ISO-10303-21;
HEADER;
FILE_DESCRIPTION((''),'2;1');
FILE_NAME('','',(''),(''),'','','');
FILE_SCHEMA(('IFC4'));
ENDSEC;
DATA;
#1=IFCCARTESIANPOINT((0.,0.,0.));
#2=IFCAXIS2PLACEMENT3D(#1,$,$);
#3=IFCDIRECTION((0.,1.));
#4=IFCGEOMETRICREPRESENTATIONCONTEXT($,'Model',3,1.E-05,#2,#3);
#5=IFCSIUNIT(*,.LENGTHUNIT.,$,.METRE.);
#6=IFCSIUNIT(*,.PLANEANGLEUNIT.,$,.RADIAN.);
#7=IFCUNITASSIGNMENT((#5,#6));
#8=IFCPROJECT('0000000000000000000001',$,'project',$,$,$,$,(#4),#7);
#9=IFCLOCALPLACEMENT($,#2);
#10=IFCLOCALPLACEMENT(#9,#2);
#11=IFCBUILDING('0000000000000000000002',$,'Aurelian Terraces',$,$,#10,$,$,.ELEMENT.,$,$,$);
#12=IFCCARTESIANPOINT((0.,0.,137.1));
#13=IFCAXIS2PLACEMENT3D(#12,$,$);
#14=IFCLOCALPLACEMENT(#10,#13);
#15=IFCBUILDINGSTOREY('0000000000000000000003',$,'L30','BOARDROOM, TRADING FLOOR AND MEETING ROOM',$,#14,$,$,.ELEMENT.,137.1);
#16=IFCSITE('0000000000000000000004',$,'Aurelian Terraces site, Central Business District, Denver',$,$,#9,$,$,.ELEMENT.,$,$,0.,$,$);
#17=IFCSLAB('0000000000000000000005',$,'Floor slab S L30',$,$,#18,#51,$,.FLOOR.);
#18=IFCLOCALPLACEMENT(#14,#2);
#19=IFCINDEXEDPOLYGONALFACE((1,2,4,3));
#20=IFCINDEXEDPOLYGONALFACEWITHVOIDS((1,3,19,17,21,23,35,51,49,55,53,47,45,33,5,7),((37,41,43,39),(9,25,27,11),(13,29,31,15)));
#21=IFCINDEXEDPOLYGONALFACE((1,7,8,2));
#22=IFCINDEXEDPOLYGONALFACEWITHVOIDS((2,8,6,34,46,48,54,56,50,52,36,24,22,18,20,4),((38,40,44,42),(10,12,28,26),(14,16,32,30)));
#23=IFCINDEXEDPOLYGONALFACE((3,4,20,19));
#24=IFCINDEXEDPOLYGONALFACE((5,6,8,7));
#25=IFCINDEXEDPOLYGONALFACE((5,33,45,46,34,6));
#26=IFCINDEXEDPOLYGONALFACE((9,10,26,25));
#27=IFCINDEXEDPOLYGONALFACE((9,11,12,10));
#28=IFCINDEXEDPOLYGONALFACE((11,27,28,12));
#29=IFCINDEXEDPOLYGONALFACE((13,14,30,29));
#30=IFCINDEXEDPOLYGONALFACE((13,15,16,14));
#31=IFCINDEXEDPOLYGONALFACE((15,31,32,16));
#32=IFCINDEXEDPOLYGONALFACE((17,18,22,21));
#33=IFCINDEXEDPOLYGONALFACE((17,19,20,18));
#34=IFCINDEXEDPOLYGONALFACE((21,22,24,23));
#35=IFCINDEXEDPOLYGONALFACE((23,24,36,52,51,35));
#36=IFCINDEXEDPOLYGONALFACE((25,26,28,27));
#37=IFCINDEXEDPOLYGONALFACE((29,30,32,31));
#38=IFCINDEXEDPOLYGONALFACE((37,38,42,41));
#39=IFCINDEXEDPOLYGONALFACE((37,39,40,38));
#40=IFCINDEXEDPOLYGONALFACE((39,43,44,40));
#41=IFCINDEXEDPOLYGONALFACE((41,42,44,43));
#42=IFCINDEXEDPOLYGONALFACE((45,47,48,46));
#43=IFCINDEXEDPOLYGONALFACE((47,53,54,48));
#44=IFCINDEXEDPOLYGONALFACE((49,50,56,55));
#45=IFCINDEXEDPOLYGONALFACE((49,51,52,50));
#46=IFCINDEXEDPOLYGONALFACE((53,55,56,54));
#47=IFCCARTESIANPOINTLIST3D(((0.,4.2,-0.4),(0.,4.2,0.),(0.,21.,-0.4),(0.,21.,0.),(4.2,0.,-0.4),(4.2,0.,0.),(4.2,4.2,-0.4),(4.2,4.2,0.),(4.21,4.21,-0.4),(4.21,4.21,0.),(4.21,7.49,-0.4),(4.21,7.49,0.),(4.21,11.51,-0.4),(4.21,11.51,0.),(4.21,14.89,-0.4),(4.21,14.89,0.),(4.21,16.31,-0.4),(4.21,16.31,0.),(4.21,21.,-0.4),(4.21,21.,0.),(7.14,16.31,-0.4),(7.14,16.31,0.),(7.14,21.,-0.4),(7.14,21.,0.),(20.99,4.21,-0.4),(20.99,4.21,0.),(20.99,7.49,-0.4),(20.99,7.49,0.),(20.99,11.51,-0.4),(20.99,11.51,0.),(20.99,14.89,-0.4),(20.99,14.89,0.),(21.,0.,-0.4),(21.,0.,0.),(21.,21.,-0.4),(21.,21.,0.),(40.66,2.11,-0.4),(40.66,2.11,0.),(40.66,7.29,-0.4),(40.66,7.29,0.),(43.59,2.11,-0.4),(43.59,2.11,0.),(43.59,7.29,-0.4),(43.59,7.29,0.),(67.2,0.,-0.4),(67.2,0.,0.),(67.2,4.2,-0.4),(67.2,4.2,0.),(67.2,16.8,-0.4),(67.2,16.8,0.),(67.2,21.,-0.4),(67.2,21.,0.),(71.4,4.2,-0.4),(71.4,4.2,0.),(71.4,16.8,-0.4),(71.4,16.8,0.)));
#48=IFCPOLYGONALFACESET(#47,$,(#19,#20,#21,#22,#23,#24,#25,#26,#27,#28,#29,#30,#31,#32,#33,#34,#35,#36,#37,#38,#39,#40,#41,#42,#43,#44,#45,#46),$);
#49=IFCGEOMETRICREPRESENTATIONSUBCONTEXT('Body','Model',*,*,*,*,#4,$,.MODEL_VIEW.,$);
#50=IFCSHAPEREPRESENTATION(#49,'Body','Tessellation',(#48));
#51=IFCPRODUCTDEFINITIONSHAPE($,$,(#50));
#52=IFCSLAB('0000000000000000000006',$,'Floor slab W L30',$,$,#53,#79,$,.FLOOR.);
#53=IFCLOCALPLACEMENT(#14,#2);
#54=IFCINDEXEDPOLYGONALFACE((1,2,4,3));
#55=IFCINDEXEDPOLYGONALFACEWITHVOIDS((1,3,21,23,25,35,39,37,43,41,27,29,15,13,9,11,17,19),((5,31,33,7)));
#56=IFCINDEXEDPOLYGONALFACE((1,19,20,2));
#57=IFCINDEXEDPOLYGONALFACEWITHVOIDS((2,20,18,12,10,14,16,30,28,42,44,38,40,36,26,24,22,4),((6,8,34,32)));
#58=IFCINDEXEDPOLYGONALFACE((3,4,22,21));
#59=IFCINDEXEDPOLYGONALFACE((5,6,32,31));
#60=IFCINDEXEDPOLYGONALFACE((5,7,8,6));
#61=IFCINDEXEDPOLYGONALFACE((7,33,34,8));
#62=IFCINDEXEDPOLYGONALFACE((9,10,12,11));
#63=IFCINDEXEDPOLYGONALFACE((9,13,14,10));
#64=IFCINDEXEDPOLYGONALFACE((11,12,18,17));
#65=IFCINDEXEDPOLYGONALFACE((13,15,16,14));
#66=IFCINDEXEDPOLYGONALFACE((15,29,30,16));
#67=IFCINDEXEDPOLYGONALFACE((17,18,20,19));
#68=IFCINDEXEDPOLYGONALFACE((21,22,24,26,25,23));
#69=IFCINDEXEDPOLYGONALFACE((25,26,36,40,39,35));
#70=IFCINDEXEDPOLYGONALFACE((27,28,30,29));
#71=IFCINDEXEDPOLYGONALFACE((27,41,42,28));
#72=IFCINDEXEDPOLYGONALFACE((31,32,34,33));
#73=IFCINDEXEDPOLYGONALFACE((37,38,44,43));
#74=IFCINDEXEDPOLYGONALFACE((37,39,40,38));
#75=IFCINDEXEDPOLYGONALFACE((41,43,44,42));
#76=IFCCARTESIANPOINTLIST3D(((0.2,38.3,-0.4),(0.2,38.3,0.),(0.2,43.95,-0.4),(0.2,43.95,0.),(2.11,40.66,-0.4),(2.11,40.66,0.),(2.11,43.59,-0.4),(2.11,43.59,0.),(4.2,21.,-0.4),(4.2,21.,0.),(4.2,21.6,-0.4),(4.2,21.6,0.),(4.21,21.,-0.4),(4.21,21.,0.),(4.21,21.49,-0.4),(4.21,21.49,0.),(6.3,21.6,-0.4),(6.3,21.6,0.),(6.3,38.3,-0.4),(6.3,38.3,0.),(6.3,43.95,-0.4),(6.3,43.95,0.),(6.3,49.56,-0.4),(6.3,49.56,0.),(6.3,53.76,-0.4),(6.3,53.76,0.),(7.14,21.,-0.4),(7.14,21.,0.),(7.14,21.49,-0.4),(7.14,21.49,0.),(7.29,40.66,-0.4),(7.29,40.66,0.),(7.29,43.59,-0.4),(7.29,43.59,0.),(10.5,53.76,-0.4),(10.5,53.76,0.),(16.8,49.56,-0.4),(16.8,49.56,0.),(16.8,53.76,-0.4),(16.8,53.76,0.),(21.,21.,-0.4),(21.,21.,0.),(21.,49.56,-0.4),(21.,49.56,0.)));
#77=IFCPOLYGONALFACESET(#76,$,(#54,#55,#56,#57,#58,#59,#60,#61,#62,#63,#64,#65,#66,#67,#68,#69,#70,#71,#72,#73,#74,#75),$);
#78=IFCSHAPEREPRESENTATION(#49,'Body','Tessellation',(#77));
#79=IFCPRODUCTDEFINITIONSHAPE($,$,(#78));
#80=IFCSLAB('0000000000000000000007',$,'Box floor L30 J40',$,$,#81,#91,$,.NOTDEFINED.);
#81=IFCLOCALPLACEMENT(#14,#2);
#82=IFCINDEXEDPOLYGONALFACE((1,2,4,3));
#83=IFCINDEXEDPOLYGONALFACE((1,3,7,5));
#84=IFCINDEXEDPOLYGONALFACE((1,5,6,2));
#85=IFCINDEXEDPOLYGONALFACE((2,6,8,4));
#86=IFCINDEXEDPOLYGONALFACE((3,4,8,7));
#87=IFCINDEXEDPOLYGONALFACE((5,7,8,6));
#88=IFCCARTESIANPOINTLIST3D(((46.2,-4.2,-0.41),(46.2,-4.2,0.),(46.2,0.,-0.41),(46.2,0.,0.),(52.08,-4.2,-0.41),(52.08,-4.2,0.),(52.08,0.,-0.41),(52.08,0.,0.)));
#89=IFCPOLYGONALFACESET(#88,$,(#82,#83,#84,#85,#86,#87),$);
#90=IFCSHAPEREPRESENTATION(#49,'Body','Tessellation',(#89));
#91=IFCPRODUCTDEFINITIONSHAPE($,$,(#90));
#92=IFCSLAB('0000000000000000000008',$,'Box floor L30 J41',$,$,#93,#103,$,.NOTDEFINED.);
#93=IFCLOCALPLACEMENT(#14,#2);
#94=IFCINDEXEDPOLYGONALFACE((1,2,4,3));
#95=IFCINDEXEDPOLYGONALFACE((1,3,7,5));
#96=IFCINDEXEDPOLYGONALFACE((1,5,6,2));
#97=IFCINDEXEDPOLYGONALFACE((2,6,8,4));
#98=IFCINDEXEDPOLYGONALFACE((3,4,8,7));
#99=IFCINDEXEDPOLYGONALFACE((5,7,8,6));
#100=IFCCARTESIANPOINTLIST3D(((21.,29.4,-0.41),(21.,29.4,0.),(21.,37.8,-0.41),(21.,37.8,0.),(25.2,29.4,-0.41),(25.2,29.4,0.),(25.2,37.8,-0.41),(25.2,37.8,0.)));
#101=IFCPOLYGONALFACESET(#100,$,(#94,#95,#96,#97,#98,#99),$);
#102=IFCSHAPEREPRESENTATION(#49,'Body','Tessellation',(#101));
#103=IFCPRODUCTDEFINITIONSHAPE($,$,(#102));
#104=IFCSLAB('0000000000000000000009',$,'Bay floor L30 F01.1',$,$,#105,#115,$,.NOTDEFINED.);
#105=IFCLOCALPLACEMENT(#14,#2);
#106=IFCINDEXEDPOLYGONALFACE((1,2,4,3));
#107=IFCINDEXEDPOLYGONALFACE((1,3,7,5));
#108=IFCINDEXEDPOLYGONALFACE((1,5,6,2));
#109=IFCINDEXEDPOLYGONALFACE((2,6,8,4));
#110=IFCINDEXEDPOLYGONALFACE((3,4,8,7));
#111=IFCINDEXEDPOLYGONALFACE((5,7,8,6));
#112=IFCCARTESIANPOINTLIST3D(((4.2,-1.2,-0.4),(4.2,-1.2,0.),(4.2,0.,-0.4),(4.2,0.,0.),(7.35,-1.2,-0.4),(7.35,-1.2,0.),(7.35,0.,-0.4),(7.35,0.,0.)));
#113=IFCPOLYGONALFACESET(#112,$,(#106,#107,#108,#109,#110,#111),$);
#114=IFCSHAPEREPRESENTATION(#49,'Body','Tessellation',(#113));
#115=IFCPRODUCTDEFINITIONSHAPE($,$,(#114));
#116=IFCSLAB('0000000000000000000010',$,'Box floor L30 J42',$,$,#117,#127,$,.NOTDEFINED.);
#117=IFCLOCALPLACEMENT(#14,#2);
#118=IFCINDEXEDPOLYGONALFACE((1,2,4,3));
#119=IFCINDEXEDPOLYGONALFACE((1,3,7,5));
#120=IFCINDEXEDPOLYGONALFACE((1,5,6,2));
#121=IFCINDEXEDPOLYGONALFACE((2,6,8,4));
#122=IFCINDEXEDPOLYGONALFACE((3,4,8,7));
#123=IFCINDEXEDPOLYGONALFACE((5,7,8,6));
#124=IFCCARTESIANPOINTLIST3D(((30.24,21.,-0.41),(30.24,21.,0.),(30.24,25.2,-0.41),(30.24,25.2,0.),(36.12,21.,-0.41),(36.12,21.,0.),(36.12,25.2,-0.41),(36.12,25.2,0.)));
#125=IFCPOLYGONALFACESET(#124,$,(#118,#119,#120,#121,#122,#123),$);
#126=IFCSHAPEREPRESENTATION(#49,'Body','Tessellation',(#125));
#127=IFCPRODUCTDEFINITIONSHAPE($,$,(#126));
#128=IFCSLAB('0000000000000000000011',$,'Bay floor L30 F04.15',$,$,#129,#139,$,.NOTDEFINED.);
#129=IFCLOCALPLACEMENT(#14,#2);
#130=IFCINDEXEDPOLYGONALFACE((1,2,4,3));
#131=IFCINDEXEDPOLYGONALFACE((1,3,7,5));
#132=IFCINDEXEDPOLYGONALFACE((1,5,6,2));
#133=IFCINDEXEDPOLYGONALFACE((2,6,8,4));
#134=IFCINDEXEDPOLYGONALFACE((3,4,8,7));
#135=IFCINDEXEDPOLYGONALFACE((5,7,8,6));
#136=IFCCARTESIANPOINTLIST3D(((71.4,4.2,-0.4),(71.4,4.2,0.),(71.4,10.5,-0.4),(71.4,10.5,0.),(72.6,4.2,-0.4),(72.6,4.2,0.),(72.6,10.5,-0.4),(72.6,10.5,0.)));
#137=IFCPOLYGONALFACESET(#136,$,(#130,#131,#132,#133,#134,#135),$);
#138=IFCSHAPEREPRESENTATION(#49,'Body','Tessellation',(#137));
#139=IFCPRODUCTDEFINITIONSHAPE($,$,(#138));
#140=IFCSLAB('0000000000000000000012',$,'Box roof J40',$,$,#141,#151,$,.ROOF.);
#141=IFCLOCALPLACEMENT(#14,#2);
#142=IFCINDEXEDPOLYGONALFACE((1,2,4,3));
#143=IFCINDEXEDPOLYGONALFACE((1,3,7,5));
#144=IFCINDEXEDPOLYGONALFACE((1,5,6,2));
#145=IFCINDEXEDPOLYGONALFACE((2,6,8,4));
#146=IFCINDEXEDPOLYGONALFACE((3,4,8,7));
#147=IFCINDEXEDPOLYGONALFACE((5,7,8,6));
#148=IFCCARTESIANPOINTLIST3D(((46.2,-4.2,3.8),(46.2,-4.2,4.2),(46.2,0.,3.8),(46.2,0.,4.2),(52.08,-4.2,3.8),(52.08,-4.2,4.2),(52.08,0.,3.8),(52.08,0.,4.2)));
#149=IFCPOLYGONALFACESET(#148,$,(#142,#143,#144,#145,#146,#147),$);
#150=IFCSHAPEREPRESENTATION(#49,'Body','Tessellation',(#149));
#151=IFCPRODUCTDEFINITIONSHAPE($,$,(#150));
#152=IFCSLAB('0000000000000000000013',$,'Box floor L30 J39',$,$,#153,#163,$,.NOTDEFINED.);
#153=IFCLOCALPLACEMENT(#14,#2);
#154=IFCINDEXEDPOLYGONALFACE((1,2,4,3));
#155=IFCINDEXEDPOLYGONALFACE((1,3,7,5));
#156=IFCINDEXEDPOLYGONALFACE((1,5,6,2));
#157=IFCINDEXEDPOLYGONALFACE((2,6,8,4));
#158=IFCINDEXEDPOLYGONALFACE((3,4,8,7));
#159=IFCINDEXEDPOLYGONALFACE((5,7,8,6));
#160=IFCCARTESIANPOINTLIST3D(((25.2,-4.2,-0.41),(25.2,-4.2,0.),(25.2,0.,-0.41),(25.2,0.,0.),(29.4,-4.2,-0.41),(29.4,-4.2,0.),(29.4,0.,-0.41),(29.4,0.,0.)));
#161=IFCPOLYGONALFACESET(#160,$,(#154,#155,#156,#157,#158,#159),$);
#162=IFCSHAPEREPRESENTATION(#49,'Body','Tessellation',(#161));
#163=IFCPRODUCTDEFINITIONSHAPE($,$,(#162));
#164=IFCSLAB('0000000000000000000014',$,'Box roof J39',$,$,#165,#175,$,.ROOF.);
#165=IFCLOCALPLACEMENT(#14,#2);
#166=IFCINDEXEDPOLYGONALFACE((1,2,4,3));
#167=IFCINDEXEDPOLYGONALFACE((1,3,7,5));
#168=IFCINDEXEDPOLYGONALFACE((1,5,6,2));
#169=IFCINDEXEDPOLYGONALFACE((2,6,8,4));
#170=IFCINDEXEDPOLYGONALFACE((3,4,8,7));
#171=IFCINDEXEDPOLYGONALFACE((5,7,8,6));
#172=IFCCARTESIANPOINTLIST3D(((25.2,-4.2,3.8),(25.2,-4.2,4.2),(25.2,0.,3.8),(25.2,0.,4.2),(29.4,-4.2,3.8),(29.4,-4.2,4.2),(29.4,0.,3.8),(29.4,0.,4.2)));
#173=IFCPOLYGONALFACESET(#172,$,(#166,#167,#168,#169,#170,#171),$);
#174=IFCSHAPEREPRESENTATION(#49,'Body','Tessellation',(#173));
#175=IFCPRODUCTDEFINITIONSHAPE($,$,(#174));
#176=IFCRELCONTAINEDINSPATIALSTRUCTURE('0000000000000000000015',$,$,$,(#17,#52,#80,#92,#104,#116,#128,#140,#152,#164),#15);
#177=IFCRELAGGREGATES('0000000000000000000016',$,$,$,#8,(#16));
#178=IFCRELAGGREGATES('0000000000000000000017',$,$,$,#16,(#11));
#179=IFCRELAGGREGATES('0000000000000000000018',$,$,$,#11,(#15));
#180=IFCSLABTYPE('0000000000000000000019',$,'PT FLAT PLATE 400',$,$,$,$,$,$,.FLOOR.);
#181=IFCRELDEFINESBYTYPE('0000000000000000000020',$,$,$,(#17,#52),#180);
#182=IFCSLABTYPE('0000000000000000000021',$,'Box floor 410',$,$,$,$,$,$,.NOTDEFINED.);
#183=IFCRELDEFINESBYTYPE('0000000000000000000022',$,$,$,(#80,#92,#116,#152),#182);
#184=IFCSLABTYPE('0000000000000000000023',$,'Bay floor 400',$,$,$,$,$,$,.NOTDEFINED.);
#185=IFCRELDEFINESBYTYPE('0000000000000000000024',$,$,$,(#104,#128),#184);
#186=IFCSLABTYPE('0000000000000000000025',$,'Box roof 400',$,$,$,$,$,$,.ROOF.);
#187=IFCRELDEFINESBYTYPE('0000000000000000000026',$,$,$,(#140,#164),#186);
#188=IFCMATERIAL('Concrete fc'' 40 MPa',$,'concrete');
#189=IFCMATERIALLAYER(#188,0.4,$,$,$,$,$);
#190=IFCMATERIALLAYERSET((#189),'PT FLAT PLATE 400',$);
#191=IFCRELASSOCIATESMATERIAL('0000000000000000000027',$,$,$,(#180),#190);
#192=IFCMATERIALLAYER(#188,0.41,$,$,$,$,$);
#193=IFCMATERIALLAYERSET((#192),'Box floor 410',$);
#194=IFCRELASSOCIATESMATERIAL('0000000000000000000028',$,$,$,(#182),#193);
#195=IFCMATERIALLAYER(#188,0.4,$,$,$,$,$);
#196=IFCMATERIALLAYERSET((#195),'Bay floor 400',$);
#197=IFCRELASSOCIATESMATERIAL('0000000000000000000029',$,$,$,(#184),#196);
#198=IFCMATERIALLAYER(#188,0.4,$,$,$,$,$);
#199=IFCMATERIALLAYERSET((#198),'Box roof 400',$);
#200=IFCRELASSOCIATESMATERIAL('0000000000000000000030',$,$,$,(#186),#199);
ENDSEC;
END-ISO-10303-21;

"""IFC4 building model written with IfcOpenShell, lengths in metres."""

from ifc_helpers import new_model, si_unit, direction, frame, origin, place, context, subcontext, project, spatial, polyline, outline, extrude, source, transform, mapped, material, layer, layer_set, type_object, element, save


model = new_model("IFC4")

# Units and contexts
model_context = context("Model", 3, precision=1e-05, world=origin(), true_north=direction((0.0, 1.0)))
body_context = subcontext(model_context, "Body", "Model", "MODEL_VIEW")
ifc_project = project(units=[si_unit("LENGTHUNIT", "METRE"), si_unit("PLANEANGLEUNIT", "RADIAN")], contexts=[model_context])

# Site, building, storey
site_placement = place(None, origin())
site = spatial("IfcSite", under=ifc_project, at=site_placement, Name="Aurelian Terraces site, Central Business District, Denver", CompositionType="ELEMENT", RefElevation=0.0)
building_placement = place(site_placement, origin())
building = spatial("IfcBuilding", under=site, at=building_placement, Name="Aurelian Terraces", CompositionType="ELEMENT")
storey_placement = place(building_placement, frame((0.0, 0.0, 137.1)))
storey = spatial("IfcBuildingStorey", under=building, at=storey_placement, Name="L30", Description="BOARDROOM, TRADING FLOOR AND MEETING ROOM", CompositionType="ELEMENT", Elevation=137.1)

# Slabs
ifc_material_1 = material(Name="Concrete fc' 40 MPa", Category="concrete")
ifc_layer_1 = layer(ifc_material_1, 0.4)
ifc_layer_set_1 = layer_set([ifc_layer_1], Name="PT FLAT PLATE 400")
slab_type_1 = type_object("IfcSlabType", Name="PT FLAT PLATE 400", PredefinedType="FLOOR", material=ifc_layer_set_1)
shared_shape_1 = source(origin(), body_context, "Body", "SweptSolid", [
    extrude(outline(polyline([(67.2, 16.8), (71.4, 16.8), (71.4, 4.2), (67.2, 4.2), (67.2, 0.0), (21.0, 0.0), (4.2, 0.0), (4.2, 4.2), (0.0, 4.2), (0.0, 21.0), (4.21, 21.0), (4.21, 16.31), (7.14, 16.31), (7.14, 21.0), (21.0, 21.0), (67.2, 21.0), (67.2, 16.8)]), holes=[polyline([(40.66, 2.11), (43.59, 2.11), (43.59, 7.29), (40.66, 7.29), (40.66, 2.11)]), polyline([(4.21, 7.49), (4.21, 4.21), (20.99, 4.21), (20.99, 7.49), (4.21, 7.49)]), polyline([(4.21, 14.89), (4.21, 11.51), (20.99, 11.51), (20.99, 14.89), (4.21, 14.89)])]), origin(), (0.0, 0.0, 1.0), 0.4),
])
slab_1_placement = place(storey_placement, frame((0.0, 0.0, -0.4)))
element("IfcSlab", 1, at=slab_1_placement, inside=storey, type_object=slab_type_1, Name="Floor slab S L30", PredefinedType="FLOOR", context=body_context, shape_type="MappedRepresentation", body=[
    mapped(shared_shape_1, transform((0.0, 0.0, 0.0), scale=1.0)),
])
shared_shape_2 = source(origin(), body_context, "Body", "SweptSolid", [
    extrude(outline(polyline([(0.2, 43.95), (6.3, 43.95), (6.3, 49.56), (6.3, 53.76), (10.5, 53.76), (16.8, 53.76), (16.8, 49.56), (21.0, 49.56), (21.0, 21.0), (7.14, 21.0), (7.14, 21.49), (4.21, 21.49), (4.21, 21.0), (4.2, 21.0), (4.2, 21.6), (6.3, 21.6), (6.3, 38.3), (0.2, 38.3), (0.2, 43.95)]), holes=[polyline([(7.29, 43.59), (2.11, 43.59), (2.11, 40.66), (7.29, 40.66), (7.29, 43.59)])]), origin(), (0.0, 0.0, 1.0), 0.4),
])
slab_2_placement = place(storey_placement, frame((0.0, 0.0, -0.4)))
element("IfcSlab", 2, at=slab_2_placement, inside=storey, type_object=slab_type_1, Name="Floor slab W L30", PredefinedType="FLOOR", context=body_context, shape_type="MappedRepresentation", body=[
    mapped(shared_shape_2, transform((0.0, 0.0, 0.0), scale=1.0)),
])
ifc_layer_2 = layer(ifc_material_1, 0.41)
ifc_layer_set_2 = layer_set([ifc_layer_2], Name="Box floor 410")
slab_type_2 = type_object("IfcSlabType", Name="Box floor 410", PredefinedType="NOTDEFINED", material=ifc_layer_set_2)
shared_shape_3 = source(origin(), body_context, "Body", "SweptSolid", [
    extrude(outline(polyline([(46.2, -4.2), (52.08, -4.2), (52.08, 0.0), (46.2, 0.0), (46.2, -4.2)])), origin(), (0.0, 0.0, 1.0), 0.41),
])
slab_3_placement = place(storey_placement, frame((0.0, 0.0, -0.41)))
element("IfcSlab", 3, at=slab_3_placement, inside=storey, type_object=slab_type_2, Name="Box floor L30 J40", PredefinedType="NOTDEFINED", context=body_context, shape_type="MappedRepresentation", body=[
    mapped(shared_shape_3, transform((0.0, 0.0, 0.0), scale=1.0)),
])
shared_shape_4 = source(origin(), body_context, "Body", "SweptSolid", [
    extrude(outline(polyline([(25.2, 29.4), (25.2, 37.8), (21.0, 37.8), (21.0, 29.4), (25.2, 29.4)])), origin(), (0.0, 0.0, 1.0), 0.41),
])
slab_4_placement = place(storey_placement, frame((0.0, 0.0, -0.41)))
element("IfcSlab", 4, at=slab_4_placement, inside=storey, type_object=slab_type_2, Name="Box floor L30 J41", PredefinedType="NOTDEFINED", context=body_context, shape_type="MappedRepresentation", body=[
    mapped(shared_shape_4, transform((0.0, 0.0, 0.0), scale=1.0)),
])
ifc_layer_3 = layer(ifc_material_1, 0.4)
ifc_layer_set_3 = layer_set([ifc_layer_3], Name="Bay floor 400")
slab_type_3 = type_object("IfcSlabType", Name="Bay floor 400", PredefinedType="NOTDEFINED", material=ifc_layer_set_3)
shared_shape_5 = source(origin(), body_context, "Body", "SweptSolid", [
    extrude(outline(polyline([(4.2, 0.0), (7.35, 0.0), (7.35, -1.2), (4.2, -1.2), (4.2, 0.0)])), origin(), (0.0, 0.0, 1.0), 0.4),
])
slab_5_placement = place(storey_placement, frame((0.0, 0.0, -0.4)))
element("IfcSlab", 5, at=slab_5_placement, inside=storey, type_object=slab_type_3, Name="Bay floor L30 F01.1", PredefinedType="NOTDEFINED", context=body_context, shape_type="MappedRepresentation", body=[
    mapped(shared_shape_5, transform((0.0, 0.0, 0.0), scale=1.0)),
])
shared_shape_6 = source(origin(), body_context, "Body", "SweptSolid", [
    extrude(outline(polyline([(36.12, 25.2), (30.24, 25.2), (30.24, 21.0), (36.12, 21.0), (36.12, 25.2)])), origin(), (0.0, 0.0, 1.0), 0.41),
])
slab_6_placement = place(storey_placement, frame((0.0, 0.0, -0.41)))
element("IfcSlab", 6, at=slab_6_placement, inside=storey, type_object=slab_type_2, Name="Box floor L30 J42", PredefinedType="NOTDEFINED", context=body_context, shape_type="MappedRepresentation", body=[
    mapped(shared_shape_6, transform((0.0, 0.0, 0.0), scale=1.0)),
])
shared_shape_7 = source(origin(), body_context, "Body", "SweptSolid", [
    extrude(outline(polyline([(71.4, 4.2), (71.4, 10.5), (72.6, 10.5), (72.6, 4.2), (71.4, 4.2)])), origin(), (0.0, 0.0, 1.0), 0.4),
])
slab_7_placement = place(storey_placement, frame((0.0, 0.0, -0.4)))
element("IfcSlab", 7, at=slab_7_placement, inside=storey, type_object=slab_type_3, Name="Bay floor L30 F04.15", PredefinedType="NOTDEFINED", context=body_context, shape_type="MappedRepresentation", body=[
    mapped(shared_shape_7, transform((0.0, 0.0, 0.0), scale=1.0)),
])
ifc_layer_4 = layer(ifc_material_1, 0.4)
ifc_layer_set_4 = layer_set([ifc_layer_4], Name="Box roof 400")
slab_type_4 = type_object("IfcSlabType", Name="Box roof 400", PredefinedType="ROOF", material=ifc_layer_set_4)
shared_shape_8 = source(origin(), body_context, "Body", "SweptSolid", [
    extrude(outline(polyline([(46.2, -4.2), (52.08, -4.2), (52.08, 0.0), (46.2, 0.0), (46.2, -4.2)])), origin(), (0.0, 0.0, 1.0), 0.4),
])
slab_8_placement = place(storey_placement, frame((0.0, 0.0, 3.8)))
element("IfcSlab", 8, at=slab_8_placement, inside=storey, type_object=slab_type_4, Name="Box roof J40", PredefinedType="ROOF", context=body_context, shape_type="MappedRepresentation", body=[
    mapped(shared_shape_8, transform((0.0, 0.0, 0.0), scale=1.0)),
])
shared_shape_9 = source(origin(), body_context, "Body", "SweptSolid", [
    extrude(outline(polyline([(25.2, -4.2), (29.4, -4.2), (29.4, 0.0), (25.2, 0.0), (25.2, -4.2)])), origin(), (0.0, 0.0, 1.0), 0.41),
])
slab_9_placement = place(storey_placement, frame((0.0, 0.0, -0.41)))
element("IfcSlab", 9, at=slab_9_placement, inside=storey, type_object=slab_type_2, Name="Box floor L30 J39", PredefinedType="NOTDEFINED", context=body_context, shape_type="MappedRepresentation", body=[
    mapped(shared_shape_9, transform((0.0, 0.0, 0.0), scale=1.0)),
])
shared_shape_10 = source(origin(), body_context, "Body", "SweptSolid", [
    extrude(outline(polyline([(25.2, -4.2), (29.4, -4.2), (29.4, 0.0), (25.2, 0.0), (25.2, -4.2)])), origin(), (0.0, 0.0, 1.0), 0.4),
])
slab_10_placement = place(storey_placement, frame((0.0, 0.0, 3.8)))
element("IfcSlab", 10, at=slab_10_placement, inside=storey, type_object=slab_type_4, Name="Box roof J39", PredefinedType="ROOF", context=body_context, shape_type="MappedRepresentation", body=[
    mapped(shared_shape_10, transform((0.0, 0.0, 0.0), scale=1.0)),
])

save(model, "model.ifc")
